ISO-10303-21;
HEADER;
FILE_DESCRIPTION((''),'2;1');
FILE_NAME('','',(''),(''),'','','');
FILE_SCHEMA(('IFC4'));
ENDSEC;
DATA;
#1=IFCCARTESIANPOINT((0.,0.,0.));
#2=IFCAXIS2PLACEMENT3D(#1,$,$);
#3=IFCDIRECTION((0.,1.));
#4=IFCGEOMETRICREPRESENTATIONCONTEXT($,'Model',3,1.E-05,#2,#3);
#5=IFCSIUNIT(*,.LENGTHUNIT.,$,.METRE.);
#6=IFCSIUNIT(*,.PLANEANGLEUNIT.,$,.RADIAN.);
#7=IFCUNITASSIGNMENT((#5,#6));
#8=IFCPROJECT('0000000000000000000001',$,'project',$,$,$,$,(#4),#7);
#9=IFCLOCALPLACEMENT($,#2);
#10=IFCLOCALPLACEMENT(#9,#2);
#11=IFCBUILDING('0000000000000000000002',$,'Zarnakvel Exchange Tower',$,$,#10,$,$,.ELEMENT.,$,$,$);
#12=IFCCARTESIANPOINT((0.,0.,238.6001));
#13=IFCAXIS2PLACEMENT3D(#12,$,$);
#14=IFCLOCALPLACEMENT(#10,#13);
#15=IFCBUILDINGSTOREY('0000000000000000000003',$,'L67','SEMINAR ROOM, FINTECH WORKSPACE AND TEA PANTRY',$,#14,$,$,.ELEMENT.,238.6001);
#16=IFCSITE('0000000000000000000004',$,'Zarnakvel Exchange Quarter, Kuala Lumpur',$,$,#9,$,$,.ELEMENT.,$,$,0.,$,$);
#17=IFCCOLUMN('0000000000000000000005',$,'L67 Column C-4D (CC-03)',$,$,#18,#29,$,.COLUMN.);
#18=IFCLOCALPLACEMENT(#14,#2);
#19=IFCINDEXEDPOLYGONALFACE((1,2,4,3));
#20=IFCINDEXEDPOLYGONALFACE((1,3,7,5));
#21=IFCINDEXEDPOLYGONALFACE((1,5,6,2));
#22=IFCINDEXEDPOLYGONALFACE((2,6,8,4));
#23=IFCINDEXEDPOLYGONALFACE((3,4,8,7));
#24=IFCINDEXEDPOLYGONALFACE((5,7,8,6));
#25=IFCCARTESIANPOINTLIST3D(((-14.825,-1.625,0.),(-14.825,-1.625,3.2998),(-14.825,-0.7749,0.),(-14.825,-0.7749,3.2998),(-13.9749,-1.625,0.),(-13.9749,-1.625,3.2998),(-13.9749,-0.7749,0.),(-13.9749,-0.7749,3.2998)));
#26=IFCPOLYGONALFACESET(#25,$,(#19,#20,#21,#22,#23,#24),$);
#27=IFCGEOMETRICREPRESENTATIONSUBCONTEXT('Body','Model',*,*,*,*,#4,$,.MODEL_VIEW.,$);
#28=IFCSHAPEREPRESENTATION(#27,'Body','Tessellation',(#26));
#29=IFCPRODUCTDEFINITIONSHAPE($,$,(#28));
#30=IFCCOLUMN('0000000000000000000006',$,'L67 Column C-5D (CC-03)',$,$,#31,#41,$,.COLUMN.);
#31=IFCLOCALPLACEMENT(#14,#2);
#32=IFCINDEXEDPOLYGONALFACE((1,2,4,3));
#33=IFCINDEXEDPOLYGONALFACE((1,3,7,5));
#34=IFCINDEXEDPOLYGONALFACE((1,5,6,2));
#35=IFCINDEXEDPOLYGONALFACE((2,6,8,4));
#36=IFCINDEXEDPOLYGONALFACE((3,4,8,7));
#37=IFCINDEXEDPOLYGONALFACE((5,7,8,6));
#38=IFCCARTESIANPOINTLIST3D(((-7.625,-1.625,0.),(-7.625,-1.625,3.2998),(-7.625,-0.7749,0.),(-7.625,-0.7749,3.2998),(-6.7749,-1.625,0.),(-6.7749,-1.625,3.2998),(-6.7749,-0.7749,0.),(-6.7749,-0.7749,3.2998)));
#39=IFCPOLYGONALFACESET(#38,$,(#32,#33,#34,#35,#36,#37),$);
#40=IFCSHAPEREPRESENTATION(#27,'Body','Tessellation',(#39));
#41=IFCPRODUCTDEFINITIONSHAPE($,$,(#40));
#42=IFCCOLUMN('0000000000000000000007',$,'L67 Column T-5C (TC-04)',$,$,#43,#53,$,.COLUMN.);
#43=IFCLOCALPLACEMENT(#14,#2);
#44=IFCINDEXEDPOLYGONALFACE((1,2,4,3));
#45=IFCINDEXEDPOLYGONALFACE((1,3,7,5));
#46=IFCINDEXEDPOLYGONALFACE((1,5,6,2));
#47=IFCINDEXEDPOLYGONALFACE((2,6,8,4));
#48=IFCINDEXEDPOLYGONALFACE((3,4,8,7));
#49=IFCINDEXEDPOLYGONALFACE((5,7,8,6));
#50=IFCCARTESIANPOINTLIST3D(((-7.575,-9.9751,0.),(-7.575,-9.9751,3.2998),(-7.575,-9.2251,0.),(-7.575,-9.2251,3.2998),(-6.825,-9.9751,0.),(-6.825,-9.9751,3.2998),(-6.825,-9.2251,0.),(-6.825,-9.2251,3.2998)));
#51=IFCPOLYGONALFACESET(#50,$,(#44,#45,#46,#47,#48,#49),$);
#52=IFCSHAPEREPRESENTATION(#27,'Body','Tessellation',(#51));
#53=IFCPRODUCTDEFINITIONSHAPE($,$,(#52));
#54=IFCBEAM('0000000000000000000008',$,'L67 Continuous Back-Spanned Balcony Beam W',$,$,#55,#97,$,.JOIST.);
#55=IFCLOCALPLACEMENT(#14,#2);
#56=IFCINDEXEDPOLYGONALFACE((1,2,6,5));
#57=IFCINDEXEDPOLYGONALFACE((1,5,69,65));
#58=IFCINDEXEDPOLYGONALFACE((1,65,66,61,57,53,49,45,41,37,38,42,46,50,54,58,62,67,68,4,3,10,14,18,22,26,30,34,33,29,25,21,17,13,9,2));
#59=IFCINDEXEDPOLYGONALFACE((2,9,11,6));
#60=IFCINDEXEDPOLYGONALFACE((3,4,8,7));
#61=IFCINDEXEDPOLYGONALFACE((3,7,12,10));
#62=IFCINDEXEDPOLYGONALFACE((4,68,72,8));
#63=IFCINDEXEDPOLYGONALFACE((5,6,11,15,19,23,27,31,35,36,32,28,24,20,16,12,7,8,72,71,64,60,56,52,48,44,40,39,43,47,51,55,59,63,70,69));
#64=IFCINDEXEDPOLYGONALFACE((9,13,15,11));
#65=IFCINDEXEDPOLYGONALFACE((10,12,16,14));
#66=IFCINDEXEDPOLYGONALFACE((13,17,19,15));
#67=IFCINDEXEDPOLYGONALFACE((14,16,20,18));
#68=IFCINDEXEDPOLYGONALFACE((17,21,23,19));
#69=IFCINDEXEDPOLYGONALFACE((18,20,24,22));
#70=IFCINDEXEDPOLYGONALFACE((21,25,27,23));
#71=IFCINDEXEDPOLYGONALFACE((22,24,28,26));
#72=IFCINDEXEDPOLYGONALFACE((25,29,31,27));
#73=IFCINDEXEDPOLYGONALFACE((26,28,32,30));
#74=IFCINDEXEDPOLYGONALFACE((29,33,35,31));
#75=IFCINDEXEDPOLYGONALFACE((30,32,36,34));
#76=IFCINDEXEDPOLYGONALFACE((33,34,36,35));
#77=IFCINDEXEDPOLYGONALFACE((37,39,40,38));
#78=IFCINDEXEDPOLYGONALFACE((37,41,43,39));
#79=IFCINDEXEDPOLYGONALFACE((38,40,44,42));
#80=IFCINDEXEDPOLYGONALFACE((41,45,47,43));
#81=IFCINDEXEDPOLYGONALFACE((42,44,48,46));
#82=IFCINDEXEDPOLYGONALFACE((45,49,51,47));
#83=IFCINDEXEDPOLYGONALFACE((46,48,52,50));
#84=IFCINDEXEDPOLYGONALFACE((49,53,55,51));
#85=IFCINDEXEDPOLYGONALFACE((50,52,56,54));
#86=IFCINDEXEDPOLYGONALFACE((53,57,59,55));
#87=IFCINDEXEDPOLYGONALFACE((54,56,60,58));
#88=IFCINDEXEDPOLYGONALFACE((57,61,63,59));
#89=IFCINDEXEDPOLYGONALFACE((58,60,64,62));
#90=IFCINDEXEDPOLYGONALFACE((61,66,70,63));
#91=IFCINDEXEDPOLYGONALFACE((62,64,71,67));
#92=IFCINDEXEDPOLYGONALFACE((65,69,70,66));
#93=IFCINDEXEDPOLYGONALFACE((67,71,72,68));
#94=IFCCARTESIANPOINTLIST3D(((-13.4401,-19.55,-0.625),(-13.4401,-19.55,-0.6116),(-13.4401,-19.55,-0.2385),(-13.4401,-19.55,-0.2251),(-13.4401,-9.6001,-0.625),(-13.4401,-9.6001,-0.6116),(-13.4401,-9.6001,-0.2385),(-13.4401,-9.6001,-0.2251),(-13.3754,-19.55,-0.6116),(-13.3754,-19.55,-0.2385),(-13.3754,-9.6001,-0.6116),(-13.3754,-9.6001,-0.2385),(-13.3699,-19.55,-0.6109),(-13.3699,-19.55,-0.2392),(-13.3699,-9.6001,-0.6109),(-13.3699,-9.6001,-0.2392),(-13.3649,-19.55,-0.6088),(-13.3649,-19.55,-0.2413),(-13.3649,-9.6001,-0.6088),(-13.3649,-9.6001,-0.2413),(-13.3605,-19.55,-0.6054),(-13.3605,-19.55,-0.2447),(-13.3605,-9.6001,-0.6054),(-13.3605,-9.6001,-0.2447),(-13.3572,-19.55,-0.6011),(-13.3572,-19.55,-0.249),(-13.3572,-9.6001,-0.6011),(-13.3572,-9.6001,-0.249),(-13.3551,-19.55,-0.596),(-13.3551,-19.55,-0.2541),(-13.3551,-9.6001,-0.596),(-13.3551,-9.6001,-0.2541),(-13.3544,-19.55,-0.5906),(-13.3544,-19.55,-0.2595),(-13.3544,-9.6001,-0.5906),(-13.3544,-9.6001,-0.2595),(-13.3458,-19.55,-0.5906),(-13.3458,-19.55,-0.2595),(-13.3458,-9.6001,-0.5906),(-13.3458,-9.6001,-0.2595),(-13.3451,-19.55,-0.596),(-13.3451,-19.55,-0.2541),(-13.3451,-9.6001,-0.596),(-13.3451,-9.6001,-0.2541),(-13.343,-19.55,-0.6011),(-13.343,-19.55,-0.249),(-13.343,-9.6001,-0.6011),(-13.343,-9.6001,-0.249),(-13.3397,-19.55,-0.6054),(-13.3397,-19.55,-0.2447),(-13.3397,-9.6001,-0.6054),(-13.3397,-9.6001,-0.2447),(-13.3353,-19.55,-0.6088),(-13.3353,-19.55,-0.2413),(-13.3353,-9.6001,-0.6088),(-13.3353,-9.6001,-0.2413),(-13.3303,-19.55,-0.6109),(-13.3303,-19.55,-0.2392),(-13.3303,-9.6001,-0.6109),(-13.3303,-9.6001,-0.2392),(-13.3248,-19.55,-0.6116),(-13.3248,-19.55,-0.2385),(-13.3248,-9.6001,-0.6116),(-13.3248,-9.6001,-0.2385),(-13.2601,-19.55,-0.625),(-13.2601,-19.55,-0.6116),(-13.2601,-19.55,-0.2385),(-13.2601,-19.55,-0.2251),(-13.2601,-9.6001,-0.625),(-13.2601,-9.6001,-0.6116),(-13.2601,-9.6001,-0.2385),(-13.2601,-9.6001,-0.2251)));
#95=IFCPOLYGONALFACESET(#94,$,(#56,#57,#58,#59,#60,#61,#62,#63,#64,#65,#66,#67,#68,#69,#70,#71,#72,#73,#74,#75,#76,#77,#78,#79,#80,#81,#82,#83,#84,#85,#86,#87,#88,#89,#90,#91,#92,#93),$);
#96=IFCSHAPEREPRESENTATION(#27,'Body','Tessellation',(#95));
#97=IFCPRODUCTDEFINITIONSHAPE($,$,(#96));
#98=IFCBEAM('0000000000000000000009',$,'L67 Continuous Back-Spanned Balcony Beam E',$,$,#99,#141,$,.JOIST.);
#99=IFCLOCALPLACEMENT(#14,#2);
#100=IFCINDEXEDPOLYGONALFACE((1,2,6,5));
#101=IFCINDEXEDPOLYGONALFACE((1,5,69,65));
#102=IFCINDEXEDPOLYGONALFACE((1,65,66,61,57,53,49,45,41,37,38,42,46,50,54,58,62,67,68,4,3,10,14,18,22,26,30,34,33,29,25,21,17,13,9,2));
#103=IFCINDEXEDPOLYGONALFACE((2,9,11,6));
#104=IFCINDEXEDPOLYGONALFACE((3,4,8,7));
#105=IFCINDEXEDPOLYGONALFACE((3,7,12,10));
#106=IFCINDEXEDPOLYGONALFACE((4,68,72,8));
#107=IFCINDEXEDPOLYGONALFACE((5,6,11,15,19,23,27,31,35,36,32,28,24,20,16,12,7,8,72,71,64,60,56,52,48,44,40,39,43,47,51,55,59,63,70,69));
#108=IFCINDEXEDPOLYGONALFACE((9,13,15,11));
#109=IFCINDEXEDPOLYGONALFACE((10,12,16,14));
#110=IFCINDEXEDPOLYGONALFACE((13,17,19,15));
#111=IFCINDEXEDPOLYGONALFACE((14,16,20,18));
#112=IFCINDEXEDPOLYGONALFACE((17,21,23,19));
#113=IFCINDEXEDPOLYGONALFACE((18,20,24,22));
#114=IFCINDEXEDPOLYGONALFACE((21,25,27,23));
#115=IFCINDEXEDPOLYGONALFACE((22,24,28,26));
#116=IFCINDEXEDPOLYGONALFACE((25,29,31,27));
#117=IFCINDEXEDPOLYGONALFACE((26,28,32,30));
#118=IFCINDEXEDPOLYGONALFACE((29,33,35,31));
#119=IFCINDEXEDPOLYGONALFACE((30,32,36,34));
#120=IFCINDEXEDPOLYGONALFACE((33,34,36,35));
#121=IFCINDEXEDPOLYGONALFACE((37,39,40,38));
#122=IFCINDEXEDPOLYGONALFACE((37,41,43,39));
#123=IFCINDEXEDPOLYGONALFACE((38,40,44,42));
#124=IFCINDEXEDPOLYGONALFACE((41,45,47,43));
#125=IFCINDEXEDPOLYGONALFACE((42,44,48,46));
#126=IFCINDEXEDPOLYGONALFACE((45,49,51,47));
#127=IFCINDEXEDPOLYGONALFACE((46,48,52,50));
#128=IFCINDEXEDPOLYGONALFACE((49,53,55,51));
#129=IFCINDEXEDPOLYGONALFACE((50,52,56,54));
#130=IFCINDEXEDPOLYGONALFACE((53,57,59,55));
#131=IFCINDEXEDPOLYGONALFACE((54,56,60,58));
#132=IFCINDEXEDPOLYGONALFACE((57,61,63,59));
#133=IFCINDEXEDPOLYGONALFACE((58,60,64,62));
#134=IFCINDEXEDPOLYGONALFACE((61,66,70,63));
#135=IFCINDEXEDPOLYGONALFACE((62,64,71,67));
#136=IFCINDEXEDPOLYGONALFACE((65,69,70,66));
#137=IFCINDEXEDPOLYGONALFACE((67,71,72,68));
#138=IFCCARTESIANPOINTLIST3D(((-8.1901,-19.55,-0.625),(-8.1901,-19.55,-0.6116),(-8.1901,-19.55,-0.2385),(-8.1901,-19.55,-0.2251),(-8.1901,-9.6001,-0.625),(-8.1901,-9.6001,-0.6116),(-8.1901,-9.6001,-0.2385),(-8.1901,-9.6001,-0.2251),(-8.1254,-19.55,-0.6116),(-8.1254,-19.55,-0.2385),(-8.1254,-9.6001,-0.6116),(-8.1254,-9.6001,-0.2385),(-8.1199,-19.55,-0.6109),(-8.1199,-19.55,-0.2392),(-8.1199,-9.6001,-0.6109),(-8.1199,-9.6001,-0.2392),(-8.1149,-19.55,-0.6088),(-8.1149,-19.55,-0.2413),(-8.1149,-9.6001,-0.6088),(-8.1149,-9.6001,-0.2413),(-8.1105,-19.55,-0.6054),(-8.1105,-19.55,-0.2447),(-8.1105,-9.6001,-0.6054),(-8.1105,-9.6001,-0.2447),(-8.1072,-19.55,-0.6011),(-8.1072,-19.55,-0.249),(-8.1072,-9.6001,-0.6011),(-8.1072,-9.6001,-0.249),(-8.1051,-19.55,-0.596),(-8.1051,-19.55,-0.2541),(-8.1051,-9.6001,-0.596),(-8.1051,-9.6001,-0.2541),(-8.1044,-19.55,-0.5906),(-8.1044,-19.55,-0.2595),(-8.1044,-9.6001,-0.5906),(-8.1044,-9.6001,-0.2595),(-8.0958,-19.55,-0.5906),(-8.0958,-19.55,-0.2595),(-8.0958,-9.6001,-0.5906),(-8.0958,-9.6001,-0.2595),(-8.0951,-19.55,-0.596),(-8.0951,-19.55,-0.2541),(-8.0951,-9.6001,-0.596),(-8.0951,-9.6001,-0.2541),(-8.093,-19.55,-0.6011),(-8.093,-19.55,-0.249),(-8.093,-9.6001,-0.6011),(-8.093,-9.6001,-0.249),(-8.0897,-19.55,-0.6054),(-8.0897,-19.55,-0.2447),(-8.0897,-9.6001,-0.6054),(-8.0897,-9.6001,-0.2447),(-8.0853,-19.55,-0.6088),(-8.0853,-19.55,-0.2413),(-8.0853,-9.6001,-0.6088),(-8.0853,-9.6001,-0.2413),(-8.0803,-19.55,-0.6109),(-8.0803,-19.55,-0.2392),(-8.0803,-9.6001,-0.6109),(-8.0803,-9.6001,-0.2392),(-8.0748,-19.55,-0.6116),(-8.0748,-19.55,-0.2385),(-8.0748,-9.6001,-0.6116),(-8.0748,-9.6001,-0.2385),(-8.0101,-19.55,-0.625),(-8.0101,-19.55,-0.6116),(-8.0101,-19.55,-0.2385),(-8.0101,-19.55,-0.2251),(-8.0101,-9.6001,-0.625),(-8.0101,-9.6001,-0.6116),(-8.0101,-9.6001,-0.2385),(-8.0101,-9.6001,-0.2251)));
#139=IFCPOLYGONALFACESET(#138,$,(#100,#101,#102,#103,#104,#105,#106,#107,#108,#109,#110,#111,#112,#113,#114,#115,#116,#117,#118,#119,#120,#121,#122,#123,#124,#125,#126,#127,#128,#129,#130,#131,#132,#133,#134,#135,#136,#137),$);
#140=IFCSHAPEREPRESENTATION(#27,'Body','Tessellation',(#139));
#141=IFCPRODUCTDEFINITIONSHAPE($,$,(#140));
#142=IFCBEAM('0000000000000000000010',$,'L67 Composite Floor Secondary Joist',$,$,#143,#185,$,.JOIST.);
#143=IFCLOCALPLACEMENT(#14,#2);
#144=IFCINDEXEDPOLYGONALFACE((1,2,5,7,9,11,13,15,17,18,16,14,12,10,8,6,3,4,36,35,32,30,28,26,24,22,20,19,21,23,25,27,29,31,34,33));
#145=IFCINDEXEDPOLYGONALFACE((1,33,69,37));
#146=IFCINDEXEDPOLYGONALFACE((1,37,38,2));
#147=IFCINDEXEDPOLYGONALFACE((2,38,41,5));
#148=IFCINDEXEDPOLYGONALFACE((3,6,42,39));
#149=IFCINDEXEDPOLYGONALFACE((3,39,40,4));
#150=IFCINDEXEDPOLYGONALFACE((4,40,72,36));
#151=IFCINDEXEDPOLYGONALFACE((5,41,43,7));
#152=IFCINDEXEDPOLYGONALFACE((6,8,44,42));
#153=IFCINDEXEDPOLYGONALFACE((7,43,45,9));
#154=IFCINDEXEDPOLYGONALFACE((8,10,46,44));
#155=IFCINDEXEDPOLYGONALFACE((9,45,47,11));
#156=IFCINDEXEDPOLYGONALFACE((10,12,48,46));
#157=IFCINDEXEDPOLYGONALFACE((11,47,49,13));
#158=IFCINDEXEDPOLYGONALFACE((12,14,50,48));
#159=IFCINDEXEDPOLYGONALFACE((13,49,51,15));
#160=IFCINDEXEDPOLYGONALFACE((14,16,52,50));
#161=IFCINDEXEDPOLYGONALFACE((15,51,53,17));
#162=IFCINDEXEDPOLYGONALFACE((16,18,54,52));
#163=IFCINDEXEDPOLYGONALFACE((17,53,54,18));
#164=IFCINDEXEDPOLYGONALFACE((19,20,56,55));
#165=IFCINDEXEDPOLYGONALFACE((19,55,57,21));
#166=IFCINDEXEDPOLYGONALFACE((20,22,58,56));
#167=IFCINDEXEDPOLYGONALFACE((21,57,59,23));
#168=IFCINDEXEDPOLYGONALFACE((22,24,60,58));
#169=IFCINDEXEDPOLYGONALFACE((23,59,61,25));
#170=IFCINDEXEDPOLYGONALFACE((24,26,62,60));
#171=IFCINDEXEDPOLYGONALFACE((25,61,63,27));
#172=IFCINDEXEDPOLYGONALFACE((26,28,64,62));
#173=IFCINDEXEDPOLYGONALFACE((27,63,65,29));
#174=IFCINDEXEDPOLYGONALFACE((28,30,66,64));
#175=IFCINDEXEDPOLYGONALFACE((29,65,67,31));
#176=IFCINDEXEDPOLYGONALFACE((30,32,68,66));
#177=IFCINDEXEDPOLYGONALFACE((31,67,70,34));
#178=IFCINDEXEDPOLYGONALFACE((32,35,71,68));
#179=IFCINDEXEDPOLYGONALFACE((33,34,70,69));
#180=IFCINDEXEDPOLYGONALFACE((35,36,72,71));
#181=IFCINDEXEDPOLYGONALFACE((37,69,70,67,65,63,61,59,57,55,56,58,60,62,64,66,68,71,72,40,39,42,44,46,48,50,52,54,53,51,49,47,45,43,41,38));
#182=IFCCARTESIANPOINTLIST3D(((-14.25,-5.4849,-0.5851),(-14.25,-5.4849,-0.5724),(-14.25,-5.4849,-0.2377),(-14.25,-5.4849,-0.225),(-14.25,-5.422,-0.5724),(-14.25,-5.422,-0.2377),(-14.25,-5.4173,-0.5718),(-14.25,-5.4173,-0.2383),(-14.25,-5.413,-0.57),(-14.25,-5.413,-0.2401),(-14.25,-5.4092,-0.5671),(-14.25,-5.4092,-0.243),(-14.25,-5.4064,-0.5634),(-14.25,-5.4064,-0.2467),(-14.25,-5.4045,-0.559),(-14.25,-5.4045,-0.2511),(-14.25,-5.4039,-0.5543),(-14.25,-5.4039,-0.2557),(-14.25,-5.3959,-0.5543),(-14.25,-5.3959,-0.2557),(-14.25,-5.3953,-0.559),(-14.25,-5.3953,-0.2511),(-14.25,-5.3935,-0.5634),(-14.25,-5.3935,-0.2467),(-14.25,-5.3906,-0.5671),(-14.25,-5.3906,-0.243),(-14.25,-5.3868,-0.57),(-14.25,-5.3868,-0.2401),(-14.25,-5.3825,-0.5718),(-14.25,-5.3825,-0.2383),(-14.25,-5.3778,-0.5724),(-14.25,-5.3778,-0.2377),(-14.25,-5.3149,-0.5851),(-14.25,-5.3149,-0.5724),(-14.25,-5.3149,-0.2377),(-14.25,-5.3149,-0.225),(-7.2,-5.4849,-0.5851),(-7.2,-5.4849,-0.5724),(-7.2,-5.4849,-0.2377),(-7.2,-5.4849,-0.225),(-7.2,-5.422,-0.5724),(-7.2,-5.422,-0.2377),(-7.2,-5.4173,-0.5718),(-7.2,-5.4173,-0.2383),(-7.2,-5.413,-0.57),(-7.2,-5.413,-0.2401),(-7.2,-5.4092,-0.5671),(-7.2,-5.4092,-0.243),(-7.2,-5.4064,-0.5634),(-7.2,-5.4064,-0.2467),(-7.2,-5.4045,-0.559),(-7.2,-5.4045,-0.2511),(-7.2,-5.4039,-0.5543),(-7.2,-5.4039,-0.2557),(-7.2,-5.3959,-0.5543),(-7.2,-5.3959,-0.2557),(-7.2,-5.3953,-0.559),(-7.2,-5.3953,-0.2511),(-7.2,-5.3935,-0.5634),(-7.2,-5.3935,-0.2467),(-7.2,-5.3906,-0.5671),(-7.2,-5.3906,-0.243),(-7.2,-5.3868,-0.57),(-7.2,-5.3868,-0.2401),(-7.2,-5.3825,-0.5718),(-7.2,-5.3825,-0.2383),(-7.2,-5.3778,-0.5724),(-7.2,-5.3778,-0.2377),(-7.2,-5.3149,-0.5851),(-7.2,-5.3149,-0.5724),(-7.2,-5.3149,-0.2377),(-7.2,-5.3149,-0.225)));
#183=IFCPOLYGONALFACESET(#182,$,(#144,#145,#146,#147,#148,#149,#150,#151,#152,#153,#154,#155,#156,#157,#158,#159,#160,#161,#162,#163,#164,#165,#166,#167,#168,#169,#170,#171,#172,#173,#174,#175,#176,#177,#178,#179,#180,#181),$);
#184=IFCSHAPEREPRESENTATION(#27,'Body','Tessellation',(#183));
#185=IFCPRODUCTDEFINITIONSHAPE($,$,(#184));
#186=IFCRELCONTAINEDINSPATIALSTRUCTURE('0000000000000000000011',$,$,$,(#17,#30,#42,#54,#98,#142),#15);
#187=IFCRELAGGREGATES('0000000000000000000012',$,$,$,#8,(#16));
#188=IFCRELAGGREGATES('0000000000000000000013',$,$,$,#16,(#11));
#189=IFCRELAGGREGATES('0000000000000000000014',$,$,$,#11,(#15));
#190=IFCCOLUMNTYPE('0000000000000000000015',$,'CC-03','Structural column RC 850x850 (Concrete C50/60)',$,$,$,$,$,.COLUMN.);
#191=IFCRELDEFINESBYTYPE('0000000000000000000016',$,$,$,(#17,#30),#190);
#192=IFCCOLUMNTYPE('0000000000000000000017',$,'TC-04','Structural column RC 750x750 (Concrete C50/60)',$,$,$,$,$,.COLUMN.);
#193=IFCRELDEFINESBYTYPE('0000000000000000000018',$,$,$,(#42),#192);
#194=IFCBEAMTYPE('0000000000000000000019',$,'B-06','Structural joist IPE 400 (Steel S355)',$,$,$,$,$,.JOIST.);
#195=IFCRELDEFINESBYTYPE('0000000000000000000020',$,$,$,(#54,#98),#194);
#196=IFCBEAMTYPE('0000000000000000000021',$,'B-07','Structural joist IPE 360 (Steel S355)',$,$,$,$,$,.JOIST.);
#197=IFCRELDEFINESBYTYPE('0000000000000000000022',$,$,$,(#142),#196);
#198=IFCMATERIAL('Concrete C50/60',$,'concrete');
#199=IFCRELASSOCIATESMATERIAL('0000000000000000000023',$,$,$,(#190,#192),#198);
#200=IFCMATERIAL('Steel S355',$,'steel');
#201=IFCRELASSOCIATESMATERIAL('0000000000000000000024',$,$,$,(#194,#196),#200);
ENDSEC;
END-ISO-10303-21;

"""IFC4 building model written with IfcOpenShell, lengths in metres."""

from ifc_helpers import new_model, si_unit, direction, frame, origin, origin_2d, place, context, subcontext, project, spatial, rectangle, i_section, extrude, material, material_profile, profile_set, type_object, element, save


model = new_model("IFC4")

# Units and contexts
model_context = context("Model", 3, precision=1e-05, world=origin(), true_north=direction((0.0, 1.0)))
body_context = subcontext(model_context, "Body", "Model", "MODEL_VIEW")
ifc_project = project(units=[si_unit("LENGTHUNIT", "METRE"), si_unit("PLANEANGLEUNIT", "RADIAN")], contexts=[model_context])

# Site, building, storey
site_placement = place(None, origin())
site = spatial("IfcSite", under=ifc_project, at=site_placement, Name="Zarnakvel Exchange Quarter, Kuala Lumpur", CompositionType="ELEMENT", RefElevation=0.0)
building_placement = place(site_placement, origin())
building = spatial("IfcBuilding", under=site, at=building_placement, Name="Zarnakvel Exchange Tower", CompositionType="ELEMENT")
storey_placement = place(building_placement, frame((0.0, 0.0, 238.6001)))
storey = spatial("IfcBuildingStorey", under=building, at=storey_placement, Name="L67", Description="SEMINAR ROOM, FINTECH WORKSPACE AND TEA PANTRY", CompositionType="ELEMENT", Elevation=238.6001)

# Columns
ifc_material_1 = material(Name="Concrete C50/60", Category="concrete")
ifc_material_profile_1 = material_profile(ifc_material_1, rectangle(XDim=0.8501, YDim=0.8501, at=origin_2d()))
ifc_profile_set_1 = profile_set([ifc_material_profile_1], Name="Concrete C50/60")
column_type_1 = type_object("IfcColumnType", Name="CC-03", Description="Structural column RC 850x850 (Concrete C50/60)", PredefinedType="COLUMN", material=ifc_profile_set_1)
for number, where, z_axis, x_axis, name in (
    (1, (-14.3999, -1.2, 0.0), (0.0, 0.0, 1.0), (1.0, 0.0, 0.0), "L67 Column C-4D (CC-03)"),
    (2, (-7.2, -1.2, 0.0), (0.0, 0.0, 1.0), (1.0, 0.0, 0.0), "L67 Column C-5D (CC-03)"),
):
    element("IfcColumn", number, at=place(storey_placement, frame(where, z_axis=z_axis, x_axis=x_axis)), inside=storey, type_object=column_type_1, Name=name, PredefinedType="COLUMN", context=body_context, shape_type="SweptSolid", body=[
        extrude(rectangle(XDim=0.8501, YDim=0.8501, at=origin_2d()), origin(), (0.0, 0.0, 1.0), 3.2998),
    ])
ifc_material_profile_2 = material_profile(ifc_material_1, rectangle(XDim=0.75, YDim=0.75, at=origin_2d()))
ifc_profile_set_2 = profile_set([ifc_material_profile_2], Name="Concrete C50/60")
column_type_2 = type_object("IfcColumnType", Name="TC-04", Description="Structural column RC 750x750 (Concrete C50/60)", PredefinedType="COLUMN", material=ifc_profile_set_2)
column_placement = place(storey_placement, frame((-7.2, -9.6001, 0.0), z_axis=(0.0, 0.0, 1.0), x_axis=(1.0, 0.0, 0.0)))
element("IfcColumn", 3, at=column_placement, inside=storey, type_object=column_type_2, Name="L67 Column T-5C (TC-04)", PredefinedType="COLUMN", context=body_context, shape_type="SweptSolid", body=[
    extrude(rectangle(XDim=0.75, YDim=0.75, at=origin_2d()), origin(), (0.0, 0.0, 1.0), 3.2998),
])

# Beams
ifc_material_2 = material(Name="Steel S355", Category="steel")
ifc_material_profile_3 = material_profile(ifc_material_2, i_section(OverallWidth=0.1799, OverallDepth=0.3999, WebThickness=0.0085, FlangeThickness=0.0134, FilletRadius=0.021, at=origin_2d()))
ifc_profile_set_3 = profile_set([ifc_material_profile_3], Name="Steel S355")
beam_type_1 = type_object("IfcBeamType", Name="B-06", Description="Structural joist IPE 400 (Steel S355)", PredefinedType="JOIST", material=ifc_profile_set_3)
for number, where, z_axis, x_axis, name in (
    (4, (-13.3501, -9.6001, -0.425), (0.0, -1.0, 0.0), (1.0, 0.0, 0.0), "L67 Continuous Back-Spanned Balcony Beam W"),
    (5, (-8.1001, -9.6001, -0.425), (0.0, -1.0, 0.0), (1.0, 0.0, 0.0), "L67 Continuous Back-Spanned Balcony Beam E"),
):
    element("IfcBeam", number, at=place(storey_placement, frame(where, z_axis=z_axis, x_axis=x_axis)), inside=storey, type_object=beam_type_1, Name=name, PredefinedType="JOIST", context=body_context, shape_type="SweptSolid", body=[
        extrude(i_section(OverallWidth=0.1799, OverallDepth=0.3999, WebThickness=0.0085, FlangeThickness=0.0134, FilletRadius=0.021, at=origin_2d()), origin(), (0.0, 0.0, 1.0), 9.95),
    ])
ifc_material_profile_4 = material_profile(ifc_material_2, i_section(OverallWidth=0.1699, OverallDepth=0.3601, WebThickness=0.0081, FlangeThickness=0.0127, FilletRadius=0.0181, at=origin_2d()))
ifc_profile_set_4 = profile_set([ifc_material_profile_4], Name="Steel S355")
beam_type_2 = type_object("IfcBeamType", Name="B-07", Description="Structural joist IPE 360 (Steel S355)", PredefinedType="JOIST", material=ifc_profile_set_4)
beam_1_placement = place(storey_placement, frame((-14.25, -5.3999, -0.405), z_axis=(1.0, 0.0, 0.0), x_axis=(0.0, 1.0, 0.0)))
element("IfcBeam", 6, at=beam_1_placement, inside=storey, type_object=beam_type_2, Name="L67 Composite Floor Secondary Joist", PredefinedType="JOIST", context=body_context, shape_type="SweptSolid", body=[
    extrude(i_section(OverallWidth=0.1699, OverallDepth=0.3601, WebThickness=0.0081, FlangeThickness=0.0127, FilletRadius=0.0181, at=origin_2d()), origin(), (0.0, 0.0, 1.0), 7.05),
])

save(model, "model.ifc")
